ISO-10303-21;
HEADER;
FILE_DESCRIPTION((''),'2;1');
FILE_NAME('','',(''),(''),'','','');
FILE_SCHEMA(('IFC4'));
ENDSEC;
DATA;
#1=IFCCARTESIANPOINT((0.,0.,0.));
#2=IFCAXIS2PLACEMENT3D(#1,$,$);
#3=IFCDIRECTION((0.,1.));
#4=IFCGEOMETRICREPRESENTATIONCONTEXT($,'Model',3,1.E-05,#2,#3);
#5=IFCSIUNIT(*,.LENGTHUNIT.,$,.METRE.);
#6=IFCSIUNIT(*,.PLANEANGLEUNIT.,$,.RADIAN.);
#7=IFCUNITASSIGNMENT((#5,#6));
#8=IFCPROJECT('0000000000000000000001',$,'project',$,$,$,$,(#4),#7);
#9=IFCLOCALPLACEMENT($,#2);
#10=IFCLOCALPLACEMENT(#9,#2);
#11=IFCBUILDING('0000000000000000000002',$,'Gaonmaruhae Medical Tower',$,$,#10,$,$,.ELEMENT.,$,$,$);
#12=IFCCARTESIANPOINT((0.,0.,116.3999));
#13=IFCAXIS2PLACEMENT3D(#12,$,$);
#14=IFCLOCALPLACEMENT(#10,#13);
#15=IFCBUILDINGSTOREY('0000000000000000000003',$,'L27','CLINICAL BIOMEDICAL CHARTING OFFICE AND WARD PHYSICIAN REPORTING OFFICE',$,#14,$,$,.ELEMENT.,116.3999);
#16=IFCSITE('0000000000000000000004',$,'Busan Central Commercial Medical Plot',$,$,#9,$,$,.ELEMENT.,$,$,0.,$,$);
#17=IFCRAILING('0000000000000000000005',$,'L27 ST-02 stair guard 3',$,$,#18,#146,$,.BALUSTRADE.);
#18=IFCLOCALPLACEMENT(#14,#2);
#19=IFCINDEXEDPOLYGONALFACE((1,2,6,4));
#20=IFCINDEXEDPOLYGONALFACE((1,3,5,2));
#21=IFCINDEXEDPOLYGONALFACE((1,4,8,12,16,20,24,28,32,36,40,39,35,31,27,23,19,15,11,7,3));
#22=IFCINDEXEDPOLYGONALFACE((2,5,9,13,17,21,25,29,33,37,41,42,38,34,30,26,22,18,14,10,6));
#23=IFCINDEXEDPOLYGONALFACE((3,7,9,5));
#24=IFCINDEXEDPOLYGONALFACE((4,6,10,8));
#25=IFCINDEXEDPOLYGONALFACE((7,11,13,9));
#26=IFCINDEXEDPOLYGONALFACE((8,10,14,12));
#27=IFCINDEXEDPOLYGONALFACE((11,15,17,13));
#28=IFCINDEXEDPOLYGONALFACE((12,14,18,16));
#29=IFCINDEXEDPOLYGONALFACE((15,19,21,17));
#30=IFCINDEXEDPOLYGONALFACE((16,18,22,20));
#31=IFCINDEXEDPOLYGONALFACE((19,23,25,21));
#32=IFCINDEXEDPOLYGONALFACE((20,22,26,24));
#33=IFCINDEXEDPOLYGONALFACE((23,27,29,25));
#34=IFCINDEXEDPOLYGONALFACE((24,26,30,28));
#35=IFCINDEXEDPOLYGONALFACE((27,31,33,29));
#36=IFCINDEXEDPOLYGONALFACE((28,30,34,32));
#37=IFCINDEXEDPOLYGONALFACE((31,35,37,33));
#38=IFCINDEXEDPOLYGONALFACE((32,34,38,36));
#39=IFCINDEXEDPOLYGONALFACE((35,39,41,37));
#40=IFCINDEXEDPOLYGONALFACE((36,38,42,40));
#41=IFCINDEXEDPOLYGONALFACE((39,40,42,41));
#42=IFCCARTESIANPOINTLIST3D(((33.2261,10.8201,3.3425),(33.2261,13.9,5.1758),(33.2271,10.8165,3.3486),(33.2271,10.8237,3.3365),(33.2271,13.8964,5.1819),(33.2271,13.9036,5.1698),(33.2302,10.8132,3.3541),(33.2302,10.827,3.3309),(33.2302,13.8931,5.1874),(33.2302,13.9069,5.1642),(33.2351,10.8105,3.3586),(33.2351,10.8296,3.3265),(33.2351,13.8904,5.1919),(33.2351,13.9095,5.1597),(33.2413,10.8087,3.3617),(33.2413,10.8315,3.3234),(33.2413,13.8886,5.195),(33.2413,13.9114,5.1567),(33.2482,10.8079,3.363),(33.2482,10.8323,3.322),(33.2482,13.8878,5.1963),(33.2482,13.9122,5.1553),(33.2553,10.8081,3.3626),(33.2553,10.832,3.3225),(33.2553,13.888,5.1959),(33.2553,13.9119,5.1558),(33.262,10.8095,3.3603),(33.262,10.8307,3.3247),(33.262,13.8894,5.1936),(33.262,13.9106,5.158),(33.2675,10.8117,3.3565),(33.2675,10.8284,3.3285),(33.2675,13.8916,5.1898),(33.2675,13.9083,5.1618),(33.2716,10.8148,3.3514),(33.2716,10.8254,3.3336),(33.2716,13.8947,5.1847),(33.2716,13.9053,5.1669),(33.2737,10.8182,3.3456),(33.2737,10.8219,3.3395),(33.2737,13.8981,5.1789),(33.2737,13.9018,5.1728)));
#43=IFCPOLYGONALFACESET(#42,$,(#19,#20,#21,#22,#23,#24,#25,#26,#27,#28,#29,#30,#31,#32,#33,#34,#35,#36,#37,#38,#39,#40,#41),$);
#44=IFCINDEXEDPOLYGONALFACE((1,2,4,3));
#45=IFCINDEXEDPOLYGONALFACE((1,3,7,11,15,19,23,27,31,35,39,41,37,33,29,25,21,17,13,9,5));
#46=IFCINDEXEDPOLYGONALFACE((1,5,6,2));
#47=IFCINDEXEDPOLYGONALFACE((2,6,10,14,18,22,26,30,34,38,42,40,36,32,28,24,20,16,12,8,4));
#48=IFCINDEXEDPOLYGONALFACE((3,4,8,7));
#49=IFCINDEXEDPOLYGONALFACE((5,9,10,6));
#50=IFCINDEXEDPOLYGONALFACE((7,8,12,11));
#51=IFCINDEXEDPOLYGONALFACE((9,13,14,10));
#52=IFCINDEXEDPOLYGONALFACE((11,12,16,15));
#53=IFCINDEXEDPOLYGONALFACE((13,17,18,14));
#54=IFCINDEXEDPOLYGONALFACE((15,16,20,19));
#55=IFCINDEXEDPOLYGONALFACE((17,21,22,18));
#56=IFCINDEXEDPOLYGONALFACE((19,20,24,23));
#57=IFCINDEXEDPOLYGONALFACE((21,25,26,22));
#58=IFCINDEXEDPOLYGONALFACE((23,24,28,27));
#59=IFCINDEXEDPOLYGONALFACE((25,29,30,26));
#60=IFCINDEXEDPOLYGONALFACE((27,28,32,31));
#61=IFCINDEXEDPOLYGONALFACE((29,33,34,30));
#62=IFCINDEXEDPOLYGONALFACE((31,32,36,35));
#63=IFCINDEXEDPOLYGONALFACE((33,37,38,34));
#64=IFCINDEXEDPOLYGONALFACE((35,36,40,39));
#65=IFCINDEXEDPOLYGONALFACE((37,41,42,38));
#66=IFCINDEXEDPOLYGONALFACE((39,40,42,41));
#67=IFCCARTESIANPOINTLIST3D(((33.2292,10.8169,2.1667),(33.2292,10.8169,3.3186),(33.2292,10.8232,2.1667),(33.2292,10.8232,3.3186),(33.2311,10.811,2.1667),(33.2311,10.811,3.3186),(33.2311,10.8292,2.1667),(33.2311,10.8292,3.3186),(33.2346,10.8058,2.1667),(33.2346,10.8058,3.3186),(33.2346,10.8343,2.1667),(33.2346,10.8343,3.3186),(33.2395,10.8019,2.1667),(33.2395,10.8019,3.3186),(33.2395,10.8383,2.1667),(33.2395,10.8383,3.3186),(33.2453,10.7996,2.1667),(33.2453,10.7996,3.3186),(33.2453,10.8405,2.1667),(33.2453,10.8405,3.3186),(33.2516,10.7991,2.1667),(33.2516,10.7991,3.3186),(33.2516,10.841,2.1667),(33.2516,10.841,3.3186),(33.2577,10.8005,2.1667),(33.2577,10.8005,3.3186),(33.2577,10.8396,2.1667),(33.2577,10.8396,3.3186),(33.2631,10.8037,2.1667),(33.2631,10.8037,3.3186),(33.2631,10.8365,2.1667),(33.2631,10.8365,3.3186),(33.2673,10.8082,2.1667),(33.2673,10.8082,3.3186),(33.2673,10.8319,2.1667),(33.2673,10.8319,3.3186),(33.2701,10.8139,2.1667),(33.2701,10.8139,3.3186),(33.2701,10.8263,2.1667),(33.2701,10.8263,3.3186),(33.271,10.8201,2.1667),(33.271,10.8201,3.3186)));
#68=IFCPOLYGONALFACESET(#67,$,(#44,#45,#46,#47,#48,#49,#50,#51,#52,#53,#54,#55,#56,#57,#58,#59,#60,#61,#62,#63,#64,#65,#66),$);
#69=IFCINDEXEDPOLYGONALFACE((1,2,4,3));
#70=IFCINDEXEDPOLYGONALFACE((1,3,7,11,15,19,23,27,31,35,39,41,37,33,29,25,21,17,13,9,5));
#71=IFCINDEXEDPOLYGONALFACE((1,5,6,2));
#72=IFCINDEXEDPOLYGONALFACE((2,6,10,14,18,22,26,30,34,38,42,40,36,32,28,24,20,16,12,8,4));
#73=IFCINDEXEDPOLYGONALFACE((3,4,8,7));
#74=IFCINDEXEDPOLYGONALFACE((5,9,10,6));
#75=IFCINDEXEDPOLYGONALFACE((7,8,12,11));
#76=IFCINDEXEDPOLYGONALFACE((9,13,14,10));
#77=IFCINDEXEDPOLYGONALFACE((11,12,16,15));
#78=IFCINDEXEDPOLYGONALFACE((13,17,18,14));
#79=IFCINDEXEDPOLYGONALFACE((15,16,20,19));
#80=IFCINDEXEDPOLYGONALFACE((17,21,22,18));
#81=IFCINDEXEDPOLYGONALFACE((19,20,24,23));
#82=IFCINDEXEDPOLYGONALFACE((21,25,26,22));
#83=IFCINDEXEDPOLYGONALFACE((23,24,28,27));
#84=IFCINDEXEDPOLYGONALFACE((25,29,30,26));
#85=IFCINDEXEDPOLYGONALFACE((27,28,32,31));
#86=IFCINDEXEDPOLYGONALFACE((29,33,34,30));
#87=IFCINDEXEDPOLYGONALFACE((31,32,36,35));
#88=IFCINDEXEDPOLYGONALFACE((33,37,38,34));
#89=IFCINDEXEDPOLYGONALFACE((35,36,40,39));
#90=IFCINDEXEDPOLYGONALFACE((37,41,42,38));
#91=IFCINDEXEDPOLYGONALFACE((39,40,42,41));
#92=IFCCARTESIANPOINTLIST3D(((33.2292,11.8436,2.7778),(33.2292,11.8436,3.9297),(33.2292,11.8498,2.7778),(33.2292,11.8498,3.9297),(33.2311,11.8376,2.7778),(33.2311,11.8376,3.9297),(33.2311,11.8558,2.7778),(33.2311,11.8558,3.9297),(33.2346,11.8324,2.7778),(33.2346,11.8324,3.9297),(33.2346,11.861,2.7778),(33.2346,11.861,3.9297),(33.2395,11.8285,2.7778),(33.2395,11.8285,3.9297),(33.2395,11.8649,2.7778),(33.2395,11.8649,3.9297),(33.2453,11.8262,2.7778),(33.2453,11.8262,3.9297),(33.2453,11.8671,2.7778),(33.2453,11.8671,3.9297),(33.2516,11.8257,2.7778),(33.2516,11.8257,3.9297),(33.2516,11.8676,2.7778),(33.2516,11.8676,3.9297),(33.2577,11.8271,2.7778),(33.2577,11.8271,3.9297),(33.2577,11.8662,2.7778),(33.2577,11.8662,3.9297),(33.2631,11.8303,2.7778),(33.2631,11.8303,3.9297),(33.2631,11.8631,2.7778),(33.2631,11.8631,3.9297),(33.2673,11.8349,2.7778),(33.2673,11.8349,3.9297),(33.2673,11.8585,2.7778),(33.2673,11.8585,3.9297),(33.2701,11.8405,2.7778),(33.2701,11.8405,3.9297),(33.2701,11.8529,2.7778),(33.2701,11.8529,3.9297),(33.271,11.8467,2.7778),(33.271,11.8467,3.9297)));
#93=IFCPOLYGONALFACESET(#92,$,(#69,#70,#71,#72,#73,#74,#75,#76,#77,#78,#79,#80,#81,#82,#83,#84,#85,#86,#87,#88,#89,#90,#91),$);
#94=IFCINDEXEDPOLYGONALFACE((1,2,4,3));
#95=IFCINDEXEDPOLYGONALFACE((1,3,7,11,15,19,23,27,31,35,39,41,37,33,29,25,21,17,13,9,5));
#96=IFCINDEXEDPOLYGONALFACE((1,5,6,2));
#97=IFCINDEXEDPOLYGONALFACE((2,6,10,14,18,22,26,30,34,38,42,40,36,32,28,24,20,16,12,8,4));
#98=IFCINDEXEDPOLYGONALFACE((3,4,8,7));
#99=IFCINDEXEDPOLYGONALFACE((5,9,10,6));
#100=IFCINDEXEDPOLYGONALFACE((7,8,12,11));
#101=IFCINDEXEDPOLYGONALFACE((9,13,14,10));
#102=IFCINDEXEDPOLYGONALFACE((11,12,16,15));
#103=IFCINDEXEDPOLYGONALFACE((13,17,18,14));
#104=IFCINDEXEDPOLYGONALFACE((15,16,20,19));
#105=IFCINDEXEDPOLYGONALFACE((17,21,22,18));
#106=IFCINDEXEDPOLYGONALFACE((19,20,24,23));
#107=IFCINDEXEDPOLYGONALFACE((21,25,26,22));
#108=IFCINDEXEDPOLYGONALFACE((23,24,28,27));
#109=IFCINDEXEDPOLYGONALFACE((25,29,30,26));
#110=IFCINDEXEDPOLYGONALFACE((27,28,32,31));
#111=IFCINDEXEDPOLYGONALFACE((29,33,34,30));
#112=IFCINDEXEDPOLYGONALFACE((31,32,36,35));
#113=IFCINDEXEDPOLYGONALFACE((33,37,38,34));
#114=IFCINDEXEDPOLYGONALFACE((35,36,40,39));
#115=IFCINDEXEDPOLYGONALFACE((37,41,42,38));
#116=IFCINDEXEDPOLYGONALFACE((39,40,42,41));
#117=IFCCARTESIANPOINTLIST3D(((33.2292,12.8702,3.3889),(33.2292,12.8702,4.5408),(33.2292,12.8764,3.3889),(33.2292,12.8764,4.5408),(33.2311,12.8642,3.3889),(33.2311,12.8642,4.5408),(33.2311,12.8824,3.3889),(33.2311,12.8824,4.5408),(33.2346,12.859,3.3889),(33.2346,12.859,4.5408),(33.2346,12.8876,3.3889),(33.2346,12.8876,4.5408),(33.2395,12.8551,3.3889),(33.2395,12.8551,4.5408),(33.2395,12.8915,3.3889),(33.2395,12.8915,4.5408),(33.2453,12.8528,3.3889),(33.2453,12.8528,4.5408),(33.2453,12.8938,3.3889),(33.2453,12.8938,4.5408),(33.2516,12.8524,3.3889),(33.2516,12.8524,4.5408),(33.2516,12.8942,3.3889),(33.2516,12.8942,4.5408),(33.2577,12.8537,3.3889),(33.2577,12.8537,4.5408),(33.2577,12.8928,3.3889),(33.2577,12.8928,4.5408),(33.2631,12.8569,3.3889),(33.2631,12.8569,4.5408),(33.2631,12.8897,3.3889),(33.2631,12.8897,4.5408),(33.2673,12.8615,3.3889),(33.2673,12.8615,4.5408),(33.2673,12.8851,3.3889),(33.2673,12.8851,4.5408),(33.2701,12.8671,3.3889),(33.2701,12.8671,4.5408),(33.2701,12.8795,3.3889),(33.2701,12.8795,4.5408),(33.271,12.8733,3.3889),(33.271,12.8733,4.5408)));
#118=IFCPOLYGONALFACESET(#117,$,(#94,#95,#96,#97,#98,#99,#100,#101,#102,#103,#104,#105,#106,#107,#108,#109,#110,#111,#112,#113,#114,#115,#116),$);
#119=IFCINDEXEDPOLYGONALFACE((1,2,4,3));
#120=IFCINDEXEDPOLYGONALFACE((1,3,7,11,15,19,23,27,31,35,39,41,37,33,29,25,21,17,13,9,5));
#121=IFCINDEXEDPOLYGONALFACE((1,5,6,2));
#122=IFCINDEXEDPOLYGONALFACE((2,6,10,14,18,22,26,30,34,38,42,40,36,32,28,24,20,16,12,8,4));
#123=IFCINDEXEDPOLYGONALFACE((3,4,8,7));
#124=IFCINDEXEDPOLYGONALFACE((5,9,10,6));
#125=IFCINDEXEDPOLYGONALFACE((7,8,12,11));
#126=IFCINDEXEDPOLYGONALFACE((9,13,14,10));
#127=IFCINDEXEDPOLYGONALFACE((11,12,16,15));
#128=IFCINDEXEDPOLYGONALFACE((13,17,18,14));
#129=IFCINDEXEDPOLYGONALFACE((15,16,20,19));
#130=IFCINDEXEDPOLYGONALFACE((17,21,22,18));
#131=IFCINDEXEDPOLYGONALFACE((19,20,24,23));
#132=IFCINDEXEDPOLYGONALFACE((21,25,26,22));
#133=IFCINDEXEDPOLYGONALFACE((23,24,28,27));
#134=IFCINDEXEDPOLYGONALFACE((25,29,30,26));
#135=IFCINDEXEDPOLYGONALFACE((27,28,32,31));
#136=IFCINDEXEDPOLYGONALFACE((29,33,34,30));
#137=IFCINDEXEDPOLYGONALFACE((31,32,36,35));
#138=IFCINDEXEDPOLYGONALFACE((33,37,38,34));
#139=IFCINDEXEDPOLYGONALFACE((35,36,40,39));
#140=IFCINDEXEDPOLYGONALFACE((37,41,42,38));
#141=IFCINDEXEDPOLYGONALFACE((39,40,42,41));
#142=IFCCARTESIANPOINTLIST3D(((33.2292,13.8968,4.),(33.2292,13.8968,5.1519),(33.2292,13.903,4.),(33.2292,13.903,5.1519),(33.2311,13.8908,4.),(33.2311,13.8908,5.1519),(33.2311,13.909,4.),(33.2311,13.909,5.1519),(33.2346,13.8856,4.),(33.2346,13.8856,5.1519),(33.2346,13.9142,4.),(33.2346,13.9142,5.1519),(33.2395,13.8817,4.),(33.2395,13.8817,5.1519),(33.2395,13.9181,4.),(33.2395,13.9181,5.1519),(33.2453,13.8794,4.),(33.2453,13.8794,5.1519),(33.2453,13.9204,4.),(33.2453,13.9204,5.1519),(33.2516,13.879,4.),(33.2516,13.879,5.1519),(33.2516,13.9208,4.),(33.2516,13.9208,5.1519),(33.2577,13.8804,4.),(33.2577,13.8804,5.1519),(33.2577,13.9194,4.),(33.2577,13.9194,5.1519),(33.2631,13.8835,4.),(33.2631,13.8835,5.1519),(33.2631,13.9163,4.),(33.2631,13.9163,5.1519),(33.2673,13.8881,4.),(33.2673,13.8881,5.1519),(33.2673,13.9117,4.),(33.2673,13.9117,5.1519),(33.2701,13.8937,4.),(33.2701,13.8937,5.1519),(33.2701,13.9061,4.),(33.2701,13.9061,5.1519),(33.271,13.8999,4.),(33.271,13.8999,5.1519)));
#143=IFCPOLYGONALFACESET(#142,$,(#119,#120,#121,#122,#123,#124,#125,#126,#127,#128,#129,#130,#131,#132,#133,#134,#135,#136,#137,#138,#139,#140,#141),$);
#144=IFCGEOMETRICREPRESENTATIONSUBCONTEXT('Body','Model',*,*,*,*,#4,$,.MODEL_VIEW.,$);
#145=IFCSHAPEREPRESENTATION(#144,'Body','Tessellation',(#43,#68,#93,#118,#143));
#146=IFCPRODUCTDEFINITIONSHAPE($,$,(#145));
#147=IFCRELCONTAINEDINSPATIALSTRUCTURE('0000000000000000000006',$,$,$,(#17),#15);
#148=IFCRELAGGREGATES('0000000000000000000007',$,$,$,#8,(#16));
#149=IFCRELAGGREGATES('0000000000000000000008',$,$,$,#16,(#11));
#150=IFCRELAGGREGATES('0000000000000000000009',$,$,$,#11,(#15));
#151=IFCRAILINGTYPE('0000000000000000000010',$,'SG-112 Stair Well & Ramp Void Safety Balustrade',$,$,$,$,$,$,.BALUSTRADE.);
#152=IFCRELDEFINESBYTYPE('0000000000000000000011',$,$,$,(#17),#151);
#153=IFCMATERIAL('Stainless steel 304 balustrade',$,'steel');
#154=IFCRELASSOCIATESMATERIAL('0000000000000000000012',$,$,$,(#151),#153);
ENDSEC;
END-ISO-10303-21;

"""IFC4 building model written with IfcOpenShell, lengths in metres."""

from ifc_helpers import new_model, si_unit, direction, frame, origin, origin_2d, place, context, subcontext, project, spatial, circle, extrude, material, type_object, element, save


model = new_model("IFC4")

# Units and contexts
model_context = context("Model", 3, precision=1e-05, world=origin(), true_north=direction((0.0, 1.0)))
body_context = subcontext(model_context, "Body", "Model", "MODEL_VIEW")
ifc_project = project(units=[si_unit("LENGTHUNIT", "METRE"), si_unit("PLANEANGLEUNIT", "RADIAN")], contexts=[model_context])

# Site, building, storey
site_placement = place(None, origin())
site = spatial("IfcSite", under=ifc_project, at=site_placement, Name="Busan Central Commercial Medical Plot", CompositionType="ELEMENT", RefElevation=0.0)
building_placement = place(site_placement, origin())
building = spatial("IfcBuilding", under=site, at=building_placement, Name="Gaonmaruhae Medical Tower", CompositionType="ELEMENT")
storey_placement = place(building_placement, frame((0.0, 0.0, 116.3999)))
storey = spatial("IfcBuildingStorey", under=building, at=storey_placement, Name="L27", Description="CLINICAL BIOMEDICAL CHARTING OFFICE AND WARD PHYSICIAN REPORTING OFFICE", CompositionType="ELEMENT", Elevation=116.3999)

# Railing
ifc_material_1 = material(Name="Stainless steel 304 balustrade", Category="steel")
railing_type_1 = type_object("IfcRailingType", Name="SG-112 Stair Well & Ramp Void Safety Balustrade", PredefinedType="BALUSTRADE", material=ifc_material_1)
railing_1_placement = place(storey_placement, frame((33.25, 10.8201, 2.1667)))
element("IfcRailing", 1, at=railing_1_placement, inside=storey, type_object=railing_type_1, Name="L27 ST-02 stair guard 3", PredefinedType="BALUSTRADE", context=body_context, shape_type="SweptSolid", body=[
    extrude(circle(Radius=0.0239, at=origin_2d()), frame((0.0, 0.0, 1.1758), z_axis=(0.0, 0.859291, 0.511487), x_axis=(-1.0, 0.0, 0.0)), (0.0, 0.0, 1.0), 3.5842),
    extrude(circle(Radius=0.021, at=origin_2d()), origin(), (0.0, 0.0, 1.0), 1.1519),
    extrude(circle(Radius=0.021, at=origin_2d()), frame((0.0, 1.0266, 0.6111)), (0.0, 0.0, 1.0), 1.1519),
    extrude(circle(Radius=0.021, at=origin_2d()), frame((0.0, 2.0532, 1.2222)), (0.0, 0.0, 1.0), 1.1519),
    extrude(circle(Radius=0.021, at=origin_2d()), frame((0.0, 3.0798, 1.8333)), (0.0, 0.0, 1.0), 1.1519),
])

save(model, "model.ifc")
